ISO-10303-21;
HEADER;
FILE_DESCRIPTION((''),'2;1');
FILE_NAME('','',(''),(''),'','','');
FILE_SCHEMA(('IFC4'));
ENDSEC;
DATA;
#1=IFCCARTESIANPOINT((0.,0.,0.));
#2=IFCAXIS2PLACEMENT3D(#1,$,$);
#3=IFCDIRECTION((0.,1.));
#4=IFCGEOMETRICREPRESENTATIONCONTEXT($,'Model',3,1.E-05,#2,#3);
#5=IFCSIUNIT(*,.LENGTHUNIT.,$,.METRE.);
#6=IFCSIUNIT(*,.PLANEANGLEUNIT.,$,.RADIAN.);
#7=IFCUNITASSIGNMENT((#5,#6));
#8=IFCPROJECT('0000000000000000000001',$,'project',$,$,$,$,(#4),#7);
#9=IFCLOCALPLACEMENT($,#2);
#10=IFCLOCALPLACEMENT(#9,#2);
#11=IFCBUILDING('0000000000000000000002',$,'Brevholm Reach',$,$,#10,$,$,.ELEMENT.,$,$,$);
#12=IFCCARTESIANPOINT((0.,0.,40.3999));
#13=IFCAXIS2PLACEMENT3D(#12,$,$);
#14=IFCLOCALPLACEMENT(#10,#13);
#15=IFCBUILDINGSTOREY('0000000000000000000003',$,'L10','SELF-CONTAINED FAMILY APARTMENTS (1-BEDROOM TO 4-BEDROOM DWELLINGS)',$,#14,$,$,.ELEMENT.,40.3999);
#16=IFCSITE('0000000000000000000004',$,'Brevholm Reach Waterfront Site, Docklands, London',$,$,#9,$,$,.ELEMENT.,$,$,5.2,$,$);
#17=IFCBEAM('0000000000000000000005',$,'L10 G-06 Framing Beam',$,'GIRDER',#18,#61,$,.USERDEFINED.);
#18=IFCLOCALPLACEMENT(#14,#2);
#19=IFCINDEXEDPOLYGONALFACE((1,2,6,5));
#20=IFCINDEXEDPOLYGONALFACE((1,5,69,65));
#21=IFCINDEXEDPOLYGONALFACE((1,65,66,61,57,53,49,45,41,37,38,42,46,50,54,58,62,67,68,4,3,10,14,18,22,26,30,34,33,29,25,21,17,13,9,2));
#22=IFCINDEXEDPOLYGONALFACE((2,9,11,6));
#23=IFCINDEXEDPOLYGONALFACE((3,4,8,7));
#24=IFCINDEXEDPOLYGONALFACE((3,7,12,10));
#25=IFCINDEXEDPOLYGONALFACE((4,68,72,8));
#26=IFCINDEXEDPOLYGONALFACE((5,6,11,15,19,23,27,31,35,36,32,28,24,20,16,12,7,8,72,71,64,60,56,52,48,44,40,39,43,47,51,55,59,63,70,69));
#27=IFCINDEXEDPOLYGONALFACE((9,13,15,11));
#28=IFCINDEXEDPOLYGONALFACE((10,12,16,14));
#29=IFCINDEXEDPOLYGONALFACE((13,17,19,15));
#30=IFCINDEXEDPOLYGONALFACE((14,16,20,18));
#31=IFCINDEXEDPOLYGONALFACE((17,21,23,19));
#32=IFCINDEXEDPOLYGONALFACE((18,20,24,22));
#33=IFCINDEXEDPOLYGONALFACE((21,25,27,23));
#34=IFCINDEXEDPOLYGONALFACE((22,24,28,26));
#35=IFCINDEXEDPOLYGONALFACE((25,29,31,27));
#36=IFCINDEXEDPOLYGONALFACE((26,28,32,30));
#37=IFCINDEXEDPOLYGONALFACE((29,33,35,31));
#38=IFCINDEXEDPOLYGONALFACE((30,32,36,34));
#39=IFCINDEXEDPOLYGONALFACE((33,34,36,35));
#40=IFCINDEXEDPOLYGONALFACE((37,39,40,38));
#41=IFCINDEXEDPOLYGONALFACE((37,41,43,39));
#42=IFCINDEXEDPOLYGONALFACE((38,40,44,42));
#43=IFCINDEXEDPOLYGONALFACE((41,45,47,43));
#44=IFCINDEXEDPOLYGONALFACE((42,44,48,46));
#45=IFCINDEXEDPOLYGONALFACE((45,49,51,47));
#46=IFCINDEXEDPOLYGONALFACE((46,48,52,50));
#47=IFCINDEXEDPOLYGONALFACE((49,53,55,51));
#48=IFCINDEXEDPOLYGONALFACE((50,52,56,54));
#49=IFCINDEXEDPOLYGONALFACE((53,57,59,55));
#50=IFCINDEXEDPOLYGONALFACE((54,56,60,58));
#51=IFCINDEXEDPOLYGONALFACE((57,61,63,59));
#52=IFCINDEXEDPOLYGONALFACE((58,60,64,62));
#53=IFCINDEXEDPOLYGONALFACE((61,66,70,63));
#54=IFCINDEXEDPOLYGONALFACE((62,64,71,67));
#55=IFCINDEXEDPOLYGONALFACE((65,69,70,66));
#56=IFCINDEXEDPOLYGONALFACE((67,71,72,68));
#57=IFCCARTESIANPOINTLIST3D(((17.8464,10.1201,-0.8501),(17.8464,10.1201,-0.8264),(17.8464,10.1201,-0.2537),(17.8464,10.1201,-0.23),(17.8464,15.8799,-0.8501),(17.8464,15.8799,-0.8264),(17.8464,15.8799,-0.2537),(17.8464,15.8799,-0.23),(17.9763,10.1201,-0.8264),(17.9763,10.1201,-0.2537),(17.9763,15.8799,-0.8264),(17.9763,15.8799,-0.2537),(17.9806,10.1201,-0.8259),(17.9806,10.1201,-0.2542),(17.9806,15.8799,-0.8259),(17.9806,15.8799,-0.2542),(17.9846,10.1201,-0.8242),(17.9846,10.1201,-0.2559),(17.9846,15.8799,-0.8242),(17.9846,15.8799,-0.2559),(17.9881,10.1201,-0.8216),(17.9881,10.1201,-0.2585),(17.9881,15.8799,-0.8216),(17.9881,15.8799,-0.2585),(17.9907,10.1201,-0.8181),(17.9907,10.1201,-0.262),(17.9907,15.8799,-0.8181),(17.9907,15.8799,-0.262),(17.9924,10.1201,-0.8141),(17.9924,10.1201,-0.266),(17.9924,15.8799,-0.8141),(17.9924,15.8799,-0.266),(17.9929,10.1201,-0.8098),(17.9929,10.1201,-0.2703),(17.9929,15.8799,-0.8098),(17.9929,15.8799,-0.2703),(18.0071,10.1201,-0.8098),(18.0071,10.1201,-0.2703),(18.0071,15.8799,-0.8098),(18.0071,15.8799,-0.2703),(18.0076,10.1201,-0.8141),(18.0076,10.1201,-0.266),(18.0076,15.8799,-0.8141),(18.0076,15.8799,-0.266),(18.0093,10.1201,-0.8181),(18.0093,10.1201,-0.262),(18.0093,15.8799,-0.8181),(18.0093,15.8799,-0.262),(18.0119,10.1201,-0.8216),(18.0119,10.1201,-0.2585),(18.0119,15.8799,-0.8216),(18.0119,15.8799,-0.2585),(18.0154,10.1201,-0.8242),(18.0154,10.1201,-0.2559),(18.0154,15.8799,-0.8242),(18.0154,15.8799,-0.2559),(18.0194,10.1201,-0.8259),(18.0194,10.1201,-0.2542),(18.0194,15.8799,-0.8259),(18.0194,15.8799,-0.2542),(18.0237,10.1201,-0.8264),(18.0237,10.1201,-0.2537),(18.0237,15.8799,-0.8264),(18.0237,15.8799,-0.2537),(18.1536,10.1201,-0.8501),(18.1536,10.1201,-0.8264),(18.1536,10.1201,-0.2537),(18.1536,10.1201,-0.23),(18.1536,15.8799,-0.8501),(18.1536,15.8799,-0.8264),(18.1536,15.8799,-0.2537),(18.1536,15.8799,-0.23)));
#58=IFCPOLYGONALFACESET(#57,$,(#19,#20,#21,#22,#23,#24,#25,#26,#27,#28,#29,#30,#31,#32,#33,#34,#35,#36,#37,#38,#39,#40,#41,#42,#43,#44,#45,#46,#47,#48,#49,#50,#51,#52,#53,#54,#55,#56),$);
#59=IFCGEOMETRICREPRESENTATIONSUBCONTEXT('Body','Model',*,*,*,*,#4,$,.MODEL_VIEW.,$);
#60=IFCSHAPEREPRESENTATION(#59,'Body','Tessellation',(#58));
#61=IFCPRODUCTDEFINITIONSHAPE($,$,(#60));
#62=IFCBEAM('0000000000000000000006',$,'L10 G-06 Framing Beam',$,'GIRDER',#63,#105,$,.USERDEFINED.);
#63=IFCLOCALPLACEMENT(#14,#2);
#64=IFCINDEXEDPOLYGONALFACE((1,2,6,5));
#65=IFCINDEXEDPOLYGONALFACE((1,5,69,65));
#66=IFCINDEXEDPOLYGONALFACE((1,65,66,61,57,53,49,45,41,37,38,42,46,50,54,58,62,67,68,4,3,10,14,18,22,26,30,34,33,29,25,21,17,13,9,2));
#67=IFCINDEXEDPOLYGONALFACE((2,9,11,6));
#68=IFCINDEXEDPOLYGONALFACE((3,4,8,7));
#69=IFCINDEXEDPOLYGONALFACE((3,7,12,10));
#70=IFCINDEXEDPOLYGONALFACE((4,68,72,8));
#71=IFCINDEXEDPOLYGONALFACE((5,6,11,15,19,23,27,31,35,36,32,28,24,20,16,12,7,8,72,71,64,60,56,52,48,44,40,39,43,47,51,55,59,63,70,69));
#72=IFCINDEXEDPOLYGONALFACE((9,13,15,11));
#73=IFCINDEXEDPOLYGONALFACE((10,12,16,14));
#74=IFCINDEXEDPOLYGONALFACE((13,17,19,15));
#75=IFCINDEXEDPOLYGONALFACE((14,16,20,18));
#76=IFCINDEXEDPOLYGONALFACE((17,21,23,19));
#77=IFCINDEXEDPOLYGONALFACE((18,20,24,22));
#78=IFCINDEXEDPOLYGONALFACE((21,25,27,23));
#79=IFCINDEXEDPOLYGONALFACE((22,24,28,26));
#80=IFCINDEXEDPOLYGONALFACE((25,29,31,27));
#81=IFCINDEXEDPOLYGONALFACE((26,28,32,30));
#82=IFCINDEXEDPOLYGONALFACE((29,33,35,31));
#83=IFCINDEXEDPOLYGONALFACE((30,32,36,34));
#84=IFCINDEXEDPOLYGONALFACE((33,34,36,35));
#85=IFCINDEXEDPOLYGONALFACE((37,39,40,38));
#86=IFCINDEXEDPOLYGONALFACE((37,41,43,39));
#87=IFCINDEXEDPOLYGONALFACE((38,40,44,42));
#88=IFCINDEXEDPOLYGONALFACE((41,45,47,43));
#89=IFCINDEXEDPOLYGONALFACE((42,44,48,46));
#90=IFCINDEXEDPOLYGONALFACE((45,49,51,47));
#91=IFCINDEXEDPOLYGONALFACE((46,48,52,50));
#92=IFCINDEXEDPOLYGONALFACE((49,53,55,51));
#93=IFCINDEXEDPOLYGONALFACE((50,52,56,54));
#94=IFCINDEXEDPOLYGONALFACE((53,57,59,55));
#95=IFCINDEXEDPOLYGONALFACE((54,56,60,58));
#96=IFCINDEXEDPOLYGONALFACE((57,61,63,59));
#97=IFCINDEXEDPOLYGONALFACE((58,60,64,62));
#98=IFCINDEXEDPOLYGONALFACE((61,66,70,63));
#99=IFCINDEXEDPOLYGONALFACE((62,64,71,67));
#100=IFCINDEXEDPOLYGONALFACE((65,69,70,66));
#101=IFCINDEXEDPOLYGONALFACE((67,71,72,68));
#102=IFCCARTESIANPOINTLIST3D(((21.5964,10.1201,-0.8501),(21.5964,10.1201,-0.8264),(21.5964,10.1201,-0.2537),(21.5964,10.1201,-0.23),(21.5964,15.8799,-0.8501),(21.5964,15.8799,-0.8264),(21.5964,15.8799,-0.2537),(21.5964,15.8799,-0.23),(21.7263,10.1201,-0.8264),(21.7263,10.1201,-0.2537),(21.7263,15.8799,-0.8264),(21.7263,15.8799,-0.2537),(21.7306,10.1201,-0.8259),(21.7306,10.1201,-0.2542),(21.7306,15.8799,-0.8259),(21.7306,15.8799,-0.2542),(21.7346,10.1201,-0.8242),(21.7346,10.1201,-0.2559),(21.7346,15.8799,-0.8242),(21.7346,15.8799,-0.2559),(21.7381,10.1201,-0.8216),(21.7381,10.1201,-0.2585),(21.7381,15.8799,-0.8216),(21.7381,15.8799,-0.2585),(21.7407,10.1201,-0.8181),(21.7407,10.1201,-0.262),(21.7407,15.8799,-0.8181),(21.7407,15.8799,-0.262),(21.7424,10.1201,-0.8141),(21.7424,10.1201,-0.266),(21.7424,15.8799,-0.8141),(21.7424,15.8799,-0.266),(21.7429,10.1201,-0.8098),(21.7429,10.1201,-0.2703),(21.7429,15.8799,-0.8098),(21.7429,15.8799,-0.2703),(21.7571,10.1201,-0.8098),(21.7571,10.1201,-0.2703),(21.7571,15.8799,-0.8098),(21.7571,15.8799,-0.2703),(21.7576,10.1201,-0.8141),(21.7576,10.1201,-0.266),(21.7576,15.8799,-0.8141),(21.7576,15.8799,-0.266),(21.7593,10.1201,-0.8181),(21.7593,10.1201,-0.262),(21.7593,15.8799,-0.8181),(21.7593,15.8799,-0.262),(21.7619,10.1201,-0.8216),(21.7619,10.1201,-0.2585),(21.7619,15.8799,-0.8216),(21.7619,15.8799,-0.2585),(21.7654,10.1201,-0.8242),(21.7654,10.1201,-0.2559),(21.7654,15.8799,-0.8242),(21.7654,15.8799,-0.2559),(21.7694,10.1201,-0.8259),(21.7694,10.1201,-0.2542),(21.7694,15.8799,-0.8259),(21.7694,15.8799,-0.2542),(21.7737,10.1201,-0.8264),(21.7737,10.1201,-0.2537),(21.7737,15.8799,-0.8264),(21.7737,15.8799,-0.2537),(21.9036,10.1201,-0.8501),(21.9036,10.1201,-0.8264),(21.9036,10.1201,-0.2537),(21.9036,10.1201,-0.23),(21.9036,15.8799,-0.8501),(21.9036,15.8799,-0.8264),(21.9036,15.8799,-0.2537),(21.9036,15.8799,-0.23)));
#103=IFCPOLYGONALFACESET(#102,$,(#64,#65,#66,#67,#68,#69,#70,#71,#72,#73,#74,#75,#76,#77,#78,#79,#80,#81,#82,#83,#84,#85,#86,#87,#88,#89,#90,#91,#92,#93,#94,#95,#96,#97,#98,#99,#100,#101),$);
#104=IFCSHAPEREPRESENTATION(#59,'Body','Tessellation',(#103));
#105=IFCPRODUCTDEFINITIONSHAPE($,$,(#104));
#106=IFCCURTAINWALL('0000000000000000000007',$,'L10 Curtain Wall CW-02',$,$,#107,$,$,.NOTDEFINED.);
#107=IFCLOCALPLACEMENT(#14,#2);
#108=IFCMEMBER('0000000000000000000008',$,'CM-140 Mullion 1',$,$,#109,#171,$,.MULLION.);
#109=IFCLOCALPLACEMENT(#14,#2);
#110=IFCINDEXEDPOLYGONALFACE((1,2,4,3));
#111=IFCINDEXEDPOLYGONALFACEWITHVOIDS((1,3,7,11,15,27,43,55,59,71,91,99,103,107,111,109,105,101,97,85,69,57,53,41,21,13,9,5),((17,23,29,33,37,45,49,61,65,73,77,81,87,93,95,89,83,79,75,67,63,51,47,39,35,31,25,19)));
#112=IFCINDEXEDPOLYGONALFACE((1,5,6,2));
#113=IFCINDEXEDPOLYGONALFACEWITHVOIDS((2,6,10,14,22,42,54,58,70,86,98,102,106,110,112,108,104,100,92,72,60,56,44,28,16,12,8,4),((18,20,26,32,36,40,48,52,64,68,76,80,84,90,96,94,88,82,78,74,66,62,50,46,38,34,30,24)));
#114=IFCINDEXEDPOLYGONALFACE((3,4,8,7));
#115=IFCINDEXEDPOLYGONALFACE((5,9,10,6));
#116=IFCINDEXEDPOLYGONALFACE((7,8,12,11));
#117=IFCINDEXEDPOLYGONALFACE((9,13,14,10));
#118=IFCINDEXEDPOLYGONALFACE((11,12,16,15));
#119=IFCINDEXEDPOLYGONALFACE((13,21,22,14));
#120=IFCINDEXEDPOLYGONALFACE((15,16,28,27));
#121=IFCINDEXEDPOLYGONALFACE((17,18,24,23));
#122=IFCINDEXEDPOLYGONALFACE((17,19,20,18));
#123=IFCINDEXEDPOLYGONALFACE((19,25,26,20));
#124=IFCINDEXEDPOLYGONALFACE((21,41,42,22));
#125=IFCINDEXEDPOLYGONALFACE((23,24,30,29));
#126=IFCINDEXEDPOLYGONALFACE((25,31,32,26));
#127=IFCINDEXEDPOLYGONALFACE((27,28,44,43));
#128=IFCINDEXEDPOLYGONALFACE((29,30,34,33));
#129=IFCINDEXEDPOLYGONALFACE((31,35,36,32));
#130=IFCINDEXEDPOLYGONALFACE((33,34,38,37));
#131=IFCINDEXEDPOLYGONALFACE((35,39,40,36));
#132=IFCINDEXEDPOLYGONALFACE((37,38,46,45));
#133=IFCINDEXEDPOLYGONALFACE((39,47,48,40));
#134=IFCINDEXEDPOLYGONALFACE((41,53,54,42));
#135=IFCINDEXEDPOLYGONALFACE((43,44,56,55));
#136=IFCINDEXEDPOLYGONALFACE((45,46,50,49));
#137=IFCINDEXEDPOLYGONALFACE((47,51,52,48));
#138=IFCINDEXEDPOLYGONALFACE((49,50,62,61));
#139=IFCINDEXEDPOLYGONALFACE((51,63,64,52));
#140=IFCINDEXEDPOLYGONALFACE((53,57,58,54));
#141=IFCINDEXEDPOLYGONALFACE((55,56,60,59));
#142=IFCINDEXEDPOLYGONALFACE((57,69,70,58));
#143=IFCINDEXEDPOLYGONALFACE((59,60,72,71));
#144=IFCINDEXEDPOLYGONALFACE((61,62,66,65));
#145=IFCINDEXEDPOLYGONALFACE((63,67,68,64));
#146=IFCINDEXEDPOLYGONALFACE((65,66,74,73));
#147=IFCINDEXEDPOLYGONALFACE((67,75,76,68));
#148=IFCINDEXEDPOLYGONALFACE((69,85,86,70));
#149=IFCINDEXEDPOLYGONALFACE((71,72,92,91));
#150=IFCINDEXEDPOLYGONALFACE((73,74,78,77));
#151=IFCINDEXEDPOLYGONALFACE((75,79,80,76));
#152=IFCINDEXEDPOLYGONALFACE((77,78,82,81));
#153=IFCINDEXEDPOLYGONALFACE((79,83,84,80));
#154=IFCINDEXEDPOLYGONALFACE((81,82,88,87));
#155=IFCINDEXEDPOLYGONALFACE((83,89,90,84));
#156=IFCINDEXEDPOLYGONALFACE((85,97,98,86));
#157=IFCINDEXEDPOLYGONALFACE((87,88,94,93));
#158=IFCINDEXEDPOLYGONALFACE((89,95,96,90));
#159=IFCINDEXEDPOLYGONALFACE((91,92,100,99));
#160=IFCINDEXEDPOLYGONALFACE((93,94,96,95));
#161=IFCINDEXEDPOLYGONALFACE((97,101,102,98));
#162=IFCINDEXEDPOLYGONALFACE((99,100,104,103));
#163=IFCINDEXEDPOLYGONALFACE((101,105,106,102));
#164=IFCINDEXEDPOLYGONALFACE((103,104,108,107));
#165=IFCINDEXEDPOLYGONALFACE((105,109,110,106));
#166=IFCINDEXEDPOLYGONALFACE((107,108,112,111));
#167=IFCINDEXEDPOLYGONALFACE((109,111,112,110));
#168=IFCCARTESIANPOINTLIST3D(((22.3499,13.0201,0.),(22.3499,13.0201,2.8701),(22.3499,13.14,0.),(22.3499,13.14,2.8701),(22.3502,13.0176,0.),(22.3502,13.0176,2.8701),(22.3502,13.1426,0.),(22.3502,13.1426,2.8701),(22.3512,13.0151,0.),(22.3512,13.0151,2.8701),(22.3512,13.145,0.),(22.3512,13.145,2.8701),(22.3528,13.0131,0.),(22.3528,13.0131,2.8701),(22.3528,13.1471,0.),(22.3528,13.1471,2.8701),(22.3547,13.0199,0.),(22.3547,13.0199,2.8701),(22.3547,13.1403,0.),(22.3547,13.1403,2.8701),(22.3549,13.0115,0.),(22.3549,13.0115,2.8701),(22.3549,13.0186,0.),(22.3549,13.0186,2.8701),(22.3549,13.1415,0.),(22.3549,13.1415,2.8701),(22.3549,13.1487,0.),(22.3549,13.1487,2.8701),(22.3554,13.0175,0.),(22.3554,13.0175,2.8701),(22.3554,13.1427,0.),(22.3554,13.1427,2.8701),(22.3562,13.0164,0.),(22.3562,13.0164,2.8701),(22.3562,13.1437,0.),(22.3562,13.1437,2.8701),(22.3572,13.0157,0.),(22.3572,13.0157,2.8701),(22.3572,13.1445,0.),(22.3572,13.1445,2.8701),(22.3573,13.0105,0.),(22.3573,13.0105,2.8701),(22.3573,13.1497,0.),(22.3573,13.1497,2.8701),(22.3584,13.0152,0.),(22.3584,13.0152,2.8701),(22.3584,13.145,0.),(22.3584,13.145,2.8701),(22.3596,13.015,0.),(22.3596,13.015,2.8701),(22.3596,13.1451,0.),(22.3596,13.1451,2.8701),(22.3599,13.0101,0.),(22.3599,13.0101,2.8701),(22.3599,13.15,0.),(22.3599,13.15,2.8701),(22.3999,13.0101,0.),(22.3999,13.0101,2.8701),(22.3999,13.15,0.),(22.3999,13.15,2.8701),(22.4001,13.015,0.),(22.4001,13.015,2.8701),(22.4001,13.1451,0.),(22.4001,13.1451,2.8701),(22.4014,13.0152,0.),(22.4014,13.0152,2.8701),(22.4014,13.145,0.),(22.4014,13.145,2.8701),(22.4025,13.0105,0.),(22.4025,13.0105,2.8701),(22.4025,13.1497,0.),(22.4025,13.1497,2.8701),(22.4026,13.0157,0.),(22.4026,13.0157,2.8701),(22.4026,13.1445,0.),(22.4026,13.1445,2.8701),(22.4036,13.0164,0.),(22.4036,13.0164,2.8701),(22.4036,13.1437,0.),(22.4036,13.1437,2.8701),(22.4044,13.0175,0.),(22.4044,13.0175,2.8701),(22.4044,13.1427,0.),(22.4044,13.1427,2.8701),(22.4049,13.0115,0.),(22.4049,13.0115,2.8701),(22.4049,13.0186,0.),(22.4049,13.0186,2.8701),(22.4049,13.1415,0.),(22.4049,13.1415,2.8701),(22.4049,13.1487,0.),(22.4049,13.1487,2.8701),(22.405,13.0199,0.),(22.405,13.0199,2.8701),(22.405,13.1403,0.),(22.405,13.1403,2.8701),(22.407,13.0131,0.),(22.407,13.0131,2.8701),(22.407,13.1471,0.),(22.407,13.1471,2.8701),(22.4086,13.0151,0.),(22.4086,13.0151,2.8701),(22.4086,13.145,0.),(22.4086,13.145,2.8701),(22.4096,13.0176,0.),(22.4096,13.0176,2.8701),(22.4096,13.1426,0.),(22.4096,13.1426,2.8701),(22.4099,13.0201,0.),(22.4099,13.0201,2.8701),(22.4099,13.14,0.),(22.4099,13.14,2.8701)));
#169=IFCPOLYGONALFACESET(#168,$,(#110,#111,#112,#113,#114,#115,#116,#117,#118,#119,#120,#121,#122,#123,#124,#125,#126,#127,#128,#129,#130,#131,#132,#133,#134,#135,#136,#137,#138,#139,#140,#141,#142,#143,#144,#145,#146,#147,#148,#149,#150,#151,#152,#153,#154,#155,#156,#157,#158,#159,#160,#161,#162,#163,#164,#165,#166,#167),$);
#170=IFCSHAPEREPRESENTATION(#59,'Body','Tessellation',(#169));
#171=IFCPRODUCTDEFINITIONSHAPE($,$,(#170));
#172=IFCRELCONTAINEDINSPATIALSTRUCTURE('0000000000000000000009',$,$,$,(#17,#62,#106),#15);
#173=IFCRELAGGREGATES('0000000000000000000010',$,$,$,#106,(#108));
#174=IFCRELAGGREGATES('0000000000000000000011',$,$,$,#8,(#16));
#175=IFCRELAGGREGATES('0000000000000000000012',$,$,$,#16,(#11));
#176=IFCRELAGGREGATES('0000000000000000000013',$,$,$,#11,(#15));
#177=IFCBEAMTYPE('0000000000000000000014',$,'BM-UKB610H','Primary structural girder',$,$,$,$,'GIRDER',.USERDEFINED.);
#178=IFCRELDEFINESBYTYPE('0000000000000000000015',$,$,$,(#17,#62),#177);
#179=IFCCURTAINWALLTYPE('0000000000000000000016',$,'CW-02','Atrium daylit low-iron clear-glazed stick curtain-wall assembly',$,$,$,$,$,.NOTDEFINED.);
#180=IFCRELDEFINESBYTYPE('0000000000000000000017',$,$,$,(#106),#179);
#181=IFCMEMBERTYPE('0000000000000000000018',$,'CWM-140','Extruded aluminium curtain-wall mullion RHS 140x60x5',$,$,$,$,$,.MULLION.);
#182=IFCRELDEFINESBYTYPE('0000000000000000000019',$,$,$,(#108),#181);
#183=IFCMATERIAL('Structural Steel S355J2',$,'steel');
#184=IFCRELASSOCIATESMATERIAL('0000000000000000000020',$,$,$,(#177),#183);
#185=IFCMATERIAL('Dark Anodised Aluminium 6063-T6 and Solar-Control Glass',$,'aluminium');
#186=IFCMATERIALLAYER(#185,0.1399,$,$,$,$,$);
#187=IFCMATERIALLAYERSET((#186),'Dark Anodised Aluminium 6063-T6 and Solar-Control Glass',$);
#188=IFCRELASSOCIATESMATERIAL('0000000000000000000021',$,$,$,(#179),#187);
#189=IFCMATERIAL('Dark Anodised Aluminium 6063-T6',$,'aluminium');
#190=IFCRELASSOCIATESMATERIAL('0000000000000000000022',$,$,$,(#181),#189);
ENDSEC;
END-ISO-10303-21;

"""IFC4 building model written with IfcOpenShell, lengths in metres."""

from ifc_helpers import new_model, si_unit, direction, frame, origin, origin_2d, place, context, subcontext, project, spatial, hollow_rectangle, i_section, extrude, material, layer, layer_set, material_profile, profile_set, type_object, element, aggregate, save


model = new_model("IFC4")

# Units and contexts
model_context = context("Model", 3, precision=1e-05, world=origin(), true_north=direction((0.0, 1.0)))
body_context = subcontext(model_context, "Body", "Model", "MODEL_VIEW")
ifc_project = project(units=[si_unit("LENGTHUNIT", "METRE"), si_unit("PLANEANGLEUNIT", "RADIAN")], contexts=[model_context])

# Site, building, storey
site_placement = place(None, origin())
site = spatial("IfcSite", under=ifc_project, at=site_placement, Name="Brevholm Reach Waterfront Site, Docklands, London", CompositionType="ELEMENT", RefElevation=5.2)
building_placement = place(site_placement, origin())
building = spatial("IfcBuilding", under=site, at=building_placement, Name="Brevholm Reach", CompositionType="ELEMENT")
storey_placement = place(building_placement, frame((0.0, 0.0, 40.3999)))
storey = spatial("IfcBuildingStorey", under=building, at=storey_placement, Name="L10", Description="SELF-CONTAINED FAMILY APARTMENTS (1-BEDROOM TO 4-BEDROOM DWELLINGS)", CompositionType="ELEMENT", Elevation=40.3999)

# Beams
ifc_material_1 = material(Name="Structural Steel S355J2", Category="steel")
ifc_material_profile_1 = material_profile(ifc_material_1, i_section(OverallWidth=0.3071, OverallDepth=0.6201, WebThickness=0.0142, FlangeThickness=0.0237, FilletRadius=0.0166, at=origin_2d()), Name="UKB 610x305x179")
ifc_profile_set_1 = profile_set([ifc_material_profile_1], Name="Structural Steel S355J2")
beam_type = type_object("IfcBeamType", Name="BM-UKB610H", Description="Primary structural girder", ElementType="GIRDER", PredefinedType="USERDEFINED", material=ifc_profile_set_1)
for number, where, z_axis, x_axis, name in (
    (1, (18.0, 10.1201, -0.54), (0.0, 1.0, 0.0), (-1.0, 0.0, 0.0), "L10 G-06 Framing Beam"),
    (2, (21.75, 10.1201, -0.54), (0.0, 1.0, 0.0), (-1.0, 0.0, 0.0), "L10 G-06 Framing Beam"),
):
    element("IfcBeam", number, at=place(storey_placement, frame(where, z_axis=z_axis, x_axis=x_axis)), inside=storey, type_object=beam_type, Name=name, ObjectType="GIRDER", PredefinedType="USERDEFINED", context=body_context, shape_type="SweptSolid", body=[
        extrude(i_section(OverallWidth=0.3071, OverallDepth=0.6201, WebThickness=0.0142, FlangeThickness=0.0237, FilletRadius=0.0166, at=origin_2d()), origin(), (0.0, 0.0, 1.0), 5.7598),
    ])

# Curtain wall, member
ifc_material_2 = material(Name="Dark Anodised Aluminium 6063-T6 and Solar-Control Glass", Category="aluminium")
ifc_layer_1 = layer(ifc_material_2, 0.1399)
ifc_layer_set_1 = layer_set([ifc_layer_1], Name="Dark Anodised Aluminium 6063-T6 and Solar-Control Glass")
curtain_wall_type = type_object("IfcCurtainWallType", Name="CW-02", Description="Atrium daylit low-iron clear-glazed stick curtain-wall assembly", PredefinedType="NOTDEFINED", material=ifc_layer_set_1)
curtain_wall_placement = place(storey_placement, origin())
curtain_wall = element("IfcCurtainWall", 3, at=curtain_wall_placement, inside=storey, type_object=curtain_wall_type, Name="L10 Curtain Wall CW-02", PredefinedType="NOTDEFINED")
ifc_material_3 = material(Name="Dark Anodised Aluminium 6063-T6", Category="aluminium")
ifc_material_profile_2 = material_profile(ifc_material_3, hollow_rectangle(XDim=0.0601, YDim=0.1399, WallThickness=0.0049, InnerFilletRadius=0.0049, OuterFilletRadius=0.01, at=origin_2d()), Name="RHS 140x60x5")
ifc_profile_set_2 = profile_set([ifc_material_profile_2], Name="Dark Anodised Aluminium 6063-T6")
member_type_1 = type_object("IfcMemberType", Name="CWM-140", Description="Extruded aluminium curtain-wall mullion RHS 140x60x5", PredefinedType="MULLION", material=ifc_profile_set_2)
member_1_placement = place(storey_placement, frame((22.3799, 13.0801, 0.0), z_axis=(0.0, 0.0, 1.0), x_axis=(1.0, 0.0, 0.0)))
member_1 = element("IfcMember", 4, at=member_1_placement, type_object=member_type_1, Name="CM-140 Mullion 1", PredefinedType="MULLION", context=body_context, shape_type="SweptSolid", body=[
    extrude(hollow_rectangle(XDim=0.0601, YDim=0.1399, WallThickness=0.0049, InnerFilletRadius=0.0049, OuterFilletRadius=0.01, at=origin_2d()), origin(), (0.0, 0.0, 1.0), 2.8701),
])
aggregate(curtain_wall, [member_1])

save(model, "model.ifc")
